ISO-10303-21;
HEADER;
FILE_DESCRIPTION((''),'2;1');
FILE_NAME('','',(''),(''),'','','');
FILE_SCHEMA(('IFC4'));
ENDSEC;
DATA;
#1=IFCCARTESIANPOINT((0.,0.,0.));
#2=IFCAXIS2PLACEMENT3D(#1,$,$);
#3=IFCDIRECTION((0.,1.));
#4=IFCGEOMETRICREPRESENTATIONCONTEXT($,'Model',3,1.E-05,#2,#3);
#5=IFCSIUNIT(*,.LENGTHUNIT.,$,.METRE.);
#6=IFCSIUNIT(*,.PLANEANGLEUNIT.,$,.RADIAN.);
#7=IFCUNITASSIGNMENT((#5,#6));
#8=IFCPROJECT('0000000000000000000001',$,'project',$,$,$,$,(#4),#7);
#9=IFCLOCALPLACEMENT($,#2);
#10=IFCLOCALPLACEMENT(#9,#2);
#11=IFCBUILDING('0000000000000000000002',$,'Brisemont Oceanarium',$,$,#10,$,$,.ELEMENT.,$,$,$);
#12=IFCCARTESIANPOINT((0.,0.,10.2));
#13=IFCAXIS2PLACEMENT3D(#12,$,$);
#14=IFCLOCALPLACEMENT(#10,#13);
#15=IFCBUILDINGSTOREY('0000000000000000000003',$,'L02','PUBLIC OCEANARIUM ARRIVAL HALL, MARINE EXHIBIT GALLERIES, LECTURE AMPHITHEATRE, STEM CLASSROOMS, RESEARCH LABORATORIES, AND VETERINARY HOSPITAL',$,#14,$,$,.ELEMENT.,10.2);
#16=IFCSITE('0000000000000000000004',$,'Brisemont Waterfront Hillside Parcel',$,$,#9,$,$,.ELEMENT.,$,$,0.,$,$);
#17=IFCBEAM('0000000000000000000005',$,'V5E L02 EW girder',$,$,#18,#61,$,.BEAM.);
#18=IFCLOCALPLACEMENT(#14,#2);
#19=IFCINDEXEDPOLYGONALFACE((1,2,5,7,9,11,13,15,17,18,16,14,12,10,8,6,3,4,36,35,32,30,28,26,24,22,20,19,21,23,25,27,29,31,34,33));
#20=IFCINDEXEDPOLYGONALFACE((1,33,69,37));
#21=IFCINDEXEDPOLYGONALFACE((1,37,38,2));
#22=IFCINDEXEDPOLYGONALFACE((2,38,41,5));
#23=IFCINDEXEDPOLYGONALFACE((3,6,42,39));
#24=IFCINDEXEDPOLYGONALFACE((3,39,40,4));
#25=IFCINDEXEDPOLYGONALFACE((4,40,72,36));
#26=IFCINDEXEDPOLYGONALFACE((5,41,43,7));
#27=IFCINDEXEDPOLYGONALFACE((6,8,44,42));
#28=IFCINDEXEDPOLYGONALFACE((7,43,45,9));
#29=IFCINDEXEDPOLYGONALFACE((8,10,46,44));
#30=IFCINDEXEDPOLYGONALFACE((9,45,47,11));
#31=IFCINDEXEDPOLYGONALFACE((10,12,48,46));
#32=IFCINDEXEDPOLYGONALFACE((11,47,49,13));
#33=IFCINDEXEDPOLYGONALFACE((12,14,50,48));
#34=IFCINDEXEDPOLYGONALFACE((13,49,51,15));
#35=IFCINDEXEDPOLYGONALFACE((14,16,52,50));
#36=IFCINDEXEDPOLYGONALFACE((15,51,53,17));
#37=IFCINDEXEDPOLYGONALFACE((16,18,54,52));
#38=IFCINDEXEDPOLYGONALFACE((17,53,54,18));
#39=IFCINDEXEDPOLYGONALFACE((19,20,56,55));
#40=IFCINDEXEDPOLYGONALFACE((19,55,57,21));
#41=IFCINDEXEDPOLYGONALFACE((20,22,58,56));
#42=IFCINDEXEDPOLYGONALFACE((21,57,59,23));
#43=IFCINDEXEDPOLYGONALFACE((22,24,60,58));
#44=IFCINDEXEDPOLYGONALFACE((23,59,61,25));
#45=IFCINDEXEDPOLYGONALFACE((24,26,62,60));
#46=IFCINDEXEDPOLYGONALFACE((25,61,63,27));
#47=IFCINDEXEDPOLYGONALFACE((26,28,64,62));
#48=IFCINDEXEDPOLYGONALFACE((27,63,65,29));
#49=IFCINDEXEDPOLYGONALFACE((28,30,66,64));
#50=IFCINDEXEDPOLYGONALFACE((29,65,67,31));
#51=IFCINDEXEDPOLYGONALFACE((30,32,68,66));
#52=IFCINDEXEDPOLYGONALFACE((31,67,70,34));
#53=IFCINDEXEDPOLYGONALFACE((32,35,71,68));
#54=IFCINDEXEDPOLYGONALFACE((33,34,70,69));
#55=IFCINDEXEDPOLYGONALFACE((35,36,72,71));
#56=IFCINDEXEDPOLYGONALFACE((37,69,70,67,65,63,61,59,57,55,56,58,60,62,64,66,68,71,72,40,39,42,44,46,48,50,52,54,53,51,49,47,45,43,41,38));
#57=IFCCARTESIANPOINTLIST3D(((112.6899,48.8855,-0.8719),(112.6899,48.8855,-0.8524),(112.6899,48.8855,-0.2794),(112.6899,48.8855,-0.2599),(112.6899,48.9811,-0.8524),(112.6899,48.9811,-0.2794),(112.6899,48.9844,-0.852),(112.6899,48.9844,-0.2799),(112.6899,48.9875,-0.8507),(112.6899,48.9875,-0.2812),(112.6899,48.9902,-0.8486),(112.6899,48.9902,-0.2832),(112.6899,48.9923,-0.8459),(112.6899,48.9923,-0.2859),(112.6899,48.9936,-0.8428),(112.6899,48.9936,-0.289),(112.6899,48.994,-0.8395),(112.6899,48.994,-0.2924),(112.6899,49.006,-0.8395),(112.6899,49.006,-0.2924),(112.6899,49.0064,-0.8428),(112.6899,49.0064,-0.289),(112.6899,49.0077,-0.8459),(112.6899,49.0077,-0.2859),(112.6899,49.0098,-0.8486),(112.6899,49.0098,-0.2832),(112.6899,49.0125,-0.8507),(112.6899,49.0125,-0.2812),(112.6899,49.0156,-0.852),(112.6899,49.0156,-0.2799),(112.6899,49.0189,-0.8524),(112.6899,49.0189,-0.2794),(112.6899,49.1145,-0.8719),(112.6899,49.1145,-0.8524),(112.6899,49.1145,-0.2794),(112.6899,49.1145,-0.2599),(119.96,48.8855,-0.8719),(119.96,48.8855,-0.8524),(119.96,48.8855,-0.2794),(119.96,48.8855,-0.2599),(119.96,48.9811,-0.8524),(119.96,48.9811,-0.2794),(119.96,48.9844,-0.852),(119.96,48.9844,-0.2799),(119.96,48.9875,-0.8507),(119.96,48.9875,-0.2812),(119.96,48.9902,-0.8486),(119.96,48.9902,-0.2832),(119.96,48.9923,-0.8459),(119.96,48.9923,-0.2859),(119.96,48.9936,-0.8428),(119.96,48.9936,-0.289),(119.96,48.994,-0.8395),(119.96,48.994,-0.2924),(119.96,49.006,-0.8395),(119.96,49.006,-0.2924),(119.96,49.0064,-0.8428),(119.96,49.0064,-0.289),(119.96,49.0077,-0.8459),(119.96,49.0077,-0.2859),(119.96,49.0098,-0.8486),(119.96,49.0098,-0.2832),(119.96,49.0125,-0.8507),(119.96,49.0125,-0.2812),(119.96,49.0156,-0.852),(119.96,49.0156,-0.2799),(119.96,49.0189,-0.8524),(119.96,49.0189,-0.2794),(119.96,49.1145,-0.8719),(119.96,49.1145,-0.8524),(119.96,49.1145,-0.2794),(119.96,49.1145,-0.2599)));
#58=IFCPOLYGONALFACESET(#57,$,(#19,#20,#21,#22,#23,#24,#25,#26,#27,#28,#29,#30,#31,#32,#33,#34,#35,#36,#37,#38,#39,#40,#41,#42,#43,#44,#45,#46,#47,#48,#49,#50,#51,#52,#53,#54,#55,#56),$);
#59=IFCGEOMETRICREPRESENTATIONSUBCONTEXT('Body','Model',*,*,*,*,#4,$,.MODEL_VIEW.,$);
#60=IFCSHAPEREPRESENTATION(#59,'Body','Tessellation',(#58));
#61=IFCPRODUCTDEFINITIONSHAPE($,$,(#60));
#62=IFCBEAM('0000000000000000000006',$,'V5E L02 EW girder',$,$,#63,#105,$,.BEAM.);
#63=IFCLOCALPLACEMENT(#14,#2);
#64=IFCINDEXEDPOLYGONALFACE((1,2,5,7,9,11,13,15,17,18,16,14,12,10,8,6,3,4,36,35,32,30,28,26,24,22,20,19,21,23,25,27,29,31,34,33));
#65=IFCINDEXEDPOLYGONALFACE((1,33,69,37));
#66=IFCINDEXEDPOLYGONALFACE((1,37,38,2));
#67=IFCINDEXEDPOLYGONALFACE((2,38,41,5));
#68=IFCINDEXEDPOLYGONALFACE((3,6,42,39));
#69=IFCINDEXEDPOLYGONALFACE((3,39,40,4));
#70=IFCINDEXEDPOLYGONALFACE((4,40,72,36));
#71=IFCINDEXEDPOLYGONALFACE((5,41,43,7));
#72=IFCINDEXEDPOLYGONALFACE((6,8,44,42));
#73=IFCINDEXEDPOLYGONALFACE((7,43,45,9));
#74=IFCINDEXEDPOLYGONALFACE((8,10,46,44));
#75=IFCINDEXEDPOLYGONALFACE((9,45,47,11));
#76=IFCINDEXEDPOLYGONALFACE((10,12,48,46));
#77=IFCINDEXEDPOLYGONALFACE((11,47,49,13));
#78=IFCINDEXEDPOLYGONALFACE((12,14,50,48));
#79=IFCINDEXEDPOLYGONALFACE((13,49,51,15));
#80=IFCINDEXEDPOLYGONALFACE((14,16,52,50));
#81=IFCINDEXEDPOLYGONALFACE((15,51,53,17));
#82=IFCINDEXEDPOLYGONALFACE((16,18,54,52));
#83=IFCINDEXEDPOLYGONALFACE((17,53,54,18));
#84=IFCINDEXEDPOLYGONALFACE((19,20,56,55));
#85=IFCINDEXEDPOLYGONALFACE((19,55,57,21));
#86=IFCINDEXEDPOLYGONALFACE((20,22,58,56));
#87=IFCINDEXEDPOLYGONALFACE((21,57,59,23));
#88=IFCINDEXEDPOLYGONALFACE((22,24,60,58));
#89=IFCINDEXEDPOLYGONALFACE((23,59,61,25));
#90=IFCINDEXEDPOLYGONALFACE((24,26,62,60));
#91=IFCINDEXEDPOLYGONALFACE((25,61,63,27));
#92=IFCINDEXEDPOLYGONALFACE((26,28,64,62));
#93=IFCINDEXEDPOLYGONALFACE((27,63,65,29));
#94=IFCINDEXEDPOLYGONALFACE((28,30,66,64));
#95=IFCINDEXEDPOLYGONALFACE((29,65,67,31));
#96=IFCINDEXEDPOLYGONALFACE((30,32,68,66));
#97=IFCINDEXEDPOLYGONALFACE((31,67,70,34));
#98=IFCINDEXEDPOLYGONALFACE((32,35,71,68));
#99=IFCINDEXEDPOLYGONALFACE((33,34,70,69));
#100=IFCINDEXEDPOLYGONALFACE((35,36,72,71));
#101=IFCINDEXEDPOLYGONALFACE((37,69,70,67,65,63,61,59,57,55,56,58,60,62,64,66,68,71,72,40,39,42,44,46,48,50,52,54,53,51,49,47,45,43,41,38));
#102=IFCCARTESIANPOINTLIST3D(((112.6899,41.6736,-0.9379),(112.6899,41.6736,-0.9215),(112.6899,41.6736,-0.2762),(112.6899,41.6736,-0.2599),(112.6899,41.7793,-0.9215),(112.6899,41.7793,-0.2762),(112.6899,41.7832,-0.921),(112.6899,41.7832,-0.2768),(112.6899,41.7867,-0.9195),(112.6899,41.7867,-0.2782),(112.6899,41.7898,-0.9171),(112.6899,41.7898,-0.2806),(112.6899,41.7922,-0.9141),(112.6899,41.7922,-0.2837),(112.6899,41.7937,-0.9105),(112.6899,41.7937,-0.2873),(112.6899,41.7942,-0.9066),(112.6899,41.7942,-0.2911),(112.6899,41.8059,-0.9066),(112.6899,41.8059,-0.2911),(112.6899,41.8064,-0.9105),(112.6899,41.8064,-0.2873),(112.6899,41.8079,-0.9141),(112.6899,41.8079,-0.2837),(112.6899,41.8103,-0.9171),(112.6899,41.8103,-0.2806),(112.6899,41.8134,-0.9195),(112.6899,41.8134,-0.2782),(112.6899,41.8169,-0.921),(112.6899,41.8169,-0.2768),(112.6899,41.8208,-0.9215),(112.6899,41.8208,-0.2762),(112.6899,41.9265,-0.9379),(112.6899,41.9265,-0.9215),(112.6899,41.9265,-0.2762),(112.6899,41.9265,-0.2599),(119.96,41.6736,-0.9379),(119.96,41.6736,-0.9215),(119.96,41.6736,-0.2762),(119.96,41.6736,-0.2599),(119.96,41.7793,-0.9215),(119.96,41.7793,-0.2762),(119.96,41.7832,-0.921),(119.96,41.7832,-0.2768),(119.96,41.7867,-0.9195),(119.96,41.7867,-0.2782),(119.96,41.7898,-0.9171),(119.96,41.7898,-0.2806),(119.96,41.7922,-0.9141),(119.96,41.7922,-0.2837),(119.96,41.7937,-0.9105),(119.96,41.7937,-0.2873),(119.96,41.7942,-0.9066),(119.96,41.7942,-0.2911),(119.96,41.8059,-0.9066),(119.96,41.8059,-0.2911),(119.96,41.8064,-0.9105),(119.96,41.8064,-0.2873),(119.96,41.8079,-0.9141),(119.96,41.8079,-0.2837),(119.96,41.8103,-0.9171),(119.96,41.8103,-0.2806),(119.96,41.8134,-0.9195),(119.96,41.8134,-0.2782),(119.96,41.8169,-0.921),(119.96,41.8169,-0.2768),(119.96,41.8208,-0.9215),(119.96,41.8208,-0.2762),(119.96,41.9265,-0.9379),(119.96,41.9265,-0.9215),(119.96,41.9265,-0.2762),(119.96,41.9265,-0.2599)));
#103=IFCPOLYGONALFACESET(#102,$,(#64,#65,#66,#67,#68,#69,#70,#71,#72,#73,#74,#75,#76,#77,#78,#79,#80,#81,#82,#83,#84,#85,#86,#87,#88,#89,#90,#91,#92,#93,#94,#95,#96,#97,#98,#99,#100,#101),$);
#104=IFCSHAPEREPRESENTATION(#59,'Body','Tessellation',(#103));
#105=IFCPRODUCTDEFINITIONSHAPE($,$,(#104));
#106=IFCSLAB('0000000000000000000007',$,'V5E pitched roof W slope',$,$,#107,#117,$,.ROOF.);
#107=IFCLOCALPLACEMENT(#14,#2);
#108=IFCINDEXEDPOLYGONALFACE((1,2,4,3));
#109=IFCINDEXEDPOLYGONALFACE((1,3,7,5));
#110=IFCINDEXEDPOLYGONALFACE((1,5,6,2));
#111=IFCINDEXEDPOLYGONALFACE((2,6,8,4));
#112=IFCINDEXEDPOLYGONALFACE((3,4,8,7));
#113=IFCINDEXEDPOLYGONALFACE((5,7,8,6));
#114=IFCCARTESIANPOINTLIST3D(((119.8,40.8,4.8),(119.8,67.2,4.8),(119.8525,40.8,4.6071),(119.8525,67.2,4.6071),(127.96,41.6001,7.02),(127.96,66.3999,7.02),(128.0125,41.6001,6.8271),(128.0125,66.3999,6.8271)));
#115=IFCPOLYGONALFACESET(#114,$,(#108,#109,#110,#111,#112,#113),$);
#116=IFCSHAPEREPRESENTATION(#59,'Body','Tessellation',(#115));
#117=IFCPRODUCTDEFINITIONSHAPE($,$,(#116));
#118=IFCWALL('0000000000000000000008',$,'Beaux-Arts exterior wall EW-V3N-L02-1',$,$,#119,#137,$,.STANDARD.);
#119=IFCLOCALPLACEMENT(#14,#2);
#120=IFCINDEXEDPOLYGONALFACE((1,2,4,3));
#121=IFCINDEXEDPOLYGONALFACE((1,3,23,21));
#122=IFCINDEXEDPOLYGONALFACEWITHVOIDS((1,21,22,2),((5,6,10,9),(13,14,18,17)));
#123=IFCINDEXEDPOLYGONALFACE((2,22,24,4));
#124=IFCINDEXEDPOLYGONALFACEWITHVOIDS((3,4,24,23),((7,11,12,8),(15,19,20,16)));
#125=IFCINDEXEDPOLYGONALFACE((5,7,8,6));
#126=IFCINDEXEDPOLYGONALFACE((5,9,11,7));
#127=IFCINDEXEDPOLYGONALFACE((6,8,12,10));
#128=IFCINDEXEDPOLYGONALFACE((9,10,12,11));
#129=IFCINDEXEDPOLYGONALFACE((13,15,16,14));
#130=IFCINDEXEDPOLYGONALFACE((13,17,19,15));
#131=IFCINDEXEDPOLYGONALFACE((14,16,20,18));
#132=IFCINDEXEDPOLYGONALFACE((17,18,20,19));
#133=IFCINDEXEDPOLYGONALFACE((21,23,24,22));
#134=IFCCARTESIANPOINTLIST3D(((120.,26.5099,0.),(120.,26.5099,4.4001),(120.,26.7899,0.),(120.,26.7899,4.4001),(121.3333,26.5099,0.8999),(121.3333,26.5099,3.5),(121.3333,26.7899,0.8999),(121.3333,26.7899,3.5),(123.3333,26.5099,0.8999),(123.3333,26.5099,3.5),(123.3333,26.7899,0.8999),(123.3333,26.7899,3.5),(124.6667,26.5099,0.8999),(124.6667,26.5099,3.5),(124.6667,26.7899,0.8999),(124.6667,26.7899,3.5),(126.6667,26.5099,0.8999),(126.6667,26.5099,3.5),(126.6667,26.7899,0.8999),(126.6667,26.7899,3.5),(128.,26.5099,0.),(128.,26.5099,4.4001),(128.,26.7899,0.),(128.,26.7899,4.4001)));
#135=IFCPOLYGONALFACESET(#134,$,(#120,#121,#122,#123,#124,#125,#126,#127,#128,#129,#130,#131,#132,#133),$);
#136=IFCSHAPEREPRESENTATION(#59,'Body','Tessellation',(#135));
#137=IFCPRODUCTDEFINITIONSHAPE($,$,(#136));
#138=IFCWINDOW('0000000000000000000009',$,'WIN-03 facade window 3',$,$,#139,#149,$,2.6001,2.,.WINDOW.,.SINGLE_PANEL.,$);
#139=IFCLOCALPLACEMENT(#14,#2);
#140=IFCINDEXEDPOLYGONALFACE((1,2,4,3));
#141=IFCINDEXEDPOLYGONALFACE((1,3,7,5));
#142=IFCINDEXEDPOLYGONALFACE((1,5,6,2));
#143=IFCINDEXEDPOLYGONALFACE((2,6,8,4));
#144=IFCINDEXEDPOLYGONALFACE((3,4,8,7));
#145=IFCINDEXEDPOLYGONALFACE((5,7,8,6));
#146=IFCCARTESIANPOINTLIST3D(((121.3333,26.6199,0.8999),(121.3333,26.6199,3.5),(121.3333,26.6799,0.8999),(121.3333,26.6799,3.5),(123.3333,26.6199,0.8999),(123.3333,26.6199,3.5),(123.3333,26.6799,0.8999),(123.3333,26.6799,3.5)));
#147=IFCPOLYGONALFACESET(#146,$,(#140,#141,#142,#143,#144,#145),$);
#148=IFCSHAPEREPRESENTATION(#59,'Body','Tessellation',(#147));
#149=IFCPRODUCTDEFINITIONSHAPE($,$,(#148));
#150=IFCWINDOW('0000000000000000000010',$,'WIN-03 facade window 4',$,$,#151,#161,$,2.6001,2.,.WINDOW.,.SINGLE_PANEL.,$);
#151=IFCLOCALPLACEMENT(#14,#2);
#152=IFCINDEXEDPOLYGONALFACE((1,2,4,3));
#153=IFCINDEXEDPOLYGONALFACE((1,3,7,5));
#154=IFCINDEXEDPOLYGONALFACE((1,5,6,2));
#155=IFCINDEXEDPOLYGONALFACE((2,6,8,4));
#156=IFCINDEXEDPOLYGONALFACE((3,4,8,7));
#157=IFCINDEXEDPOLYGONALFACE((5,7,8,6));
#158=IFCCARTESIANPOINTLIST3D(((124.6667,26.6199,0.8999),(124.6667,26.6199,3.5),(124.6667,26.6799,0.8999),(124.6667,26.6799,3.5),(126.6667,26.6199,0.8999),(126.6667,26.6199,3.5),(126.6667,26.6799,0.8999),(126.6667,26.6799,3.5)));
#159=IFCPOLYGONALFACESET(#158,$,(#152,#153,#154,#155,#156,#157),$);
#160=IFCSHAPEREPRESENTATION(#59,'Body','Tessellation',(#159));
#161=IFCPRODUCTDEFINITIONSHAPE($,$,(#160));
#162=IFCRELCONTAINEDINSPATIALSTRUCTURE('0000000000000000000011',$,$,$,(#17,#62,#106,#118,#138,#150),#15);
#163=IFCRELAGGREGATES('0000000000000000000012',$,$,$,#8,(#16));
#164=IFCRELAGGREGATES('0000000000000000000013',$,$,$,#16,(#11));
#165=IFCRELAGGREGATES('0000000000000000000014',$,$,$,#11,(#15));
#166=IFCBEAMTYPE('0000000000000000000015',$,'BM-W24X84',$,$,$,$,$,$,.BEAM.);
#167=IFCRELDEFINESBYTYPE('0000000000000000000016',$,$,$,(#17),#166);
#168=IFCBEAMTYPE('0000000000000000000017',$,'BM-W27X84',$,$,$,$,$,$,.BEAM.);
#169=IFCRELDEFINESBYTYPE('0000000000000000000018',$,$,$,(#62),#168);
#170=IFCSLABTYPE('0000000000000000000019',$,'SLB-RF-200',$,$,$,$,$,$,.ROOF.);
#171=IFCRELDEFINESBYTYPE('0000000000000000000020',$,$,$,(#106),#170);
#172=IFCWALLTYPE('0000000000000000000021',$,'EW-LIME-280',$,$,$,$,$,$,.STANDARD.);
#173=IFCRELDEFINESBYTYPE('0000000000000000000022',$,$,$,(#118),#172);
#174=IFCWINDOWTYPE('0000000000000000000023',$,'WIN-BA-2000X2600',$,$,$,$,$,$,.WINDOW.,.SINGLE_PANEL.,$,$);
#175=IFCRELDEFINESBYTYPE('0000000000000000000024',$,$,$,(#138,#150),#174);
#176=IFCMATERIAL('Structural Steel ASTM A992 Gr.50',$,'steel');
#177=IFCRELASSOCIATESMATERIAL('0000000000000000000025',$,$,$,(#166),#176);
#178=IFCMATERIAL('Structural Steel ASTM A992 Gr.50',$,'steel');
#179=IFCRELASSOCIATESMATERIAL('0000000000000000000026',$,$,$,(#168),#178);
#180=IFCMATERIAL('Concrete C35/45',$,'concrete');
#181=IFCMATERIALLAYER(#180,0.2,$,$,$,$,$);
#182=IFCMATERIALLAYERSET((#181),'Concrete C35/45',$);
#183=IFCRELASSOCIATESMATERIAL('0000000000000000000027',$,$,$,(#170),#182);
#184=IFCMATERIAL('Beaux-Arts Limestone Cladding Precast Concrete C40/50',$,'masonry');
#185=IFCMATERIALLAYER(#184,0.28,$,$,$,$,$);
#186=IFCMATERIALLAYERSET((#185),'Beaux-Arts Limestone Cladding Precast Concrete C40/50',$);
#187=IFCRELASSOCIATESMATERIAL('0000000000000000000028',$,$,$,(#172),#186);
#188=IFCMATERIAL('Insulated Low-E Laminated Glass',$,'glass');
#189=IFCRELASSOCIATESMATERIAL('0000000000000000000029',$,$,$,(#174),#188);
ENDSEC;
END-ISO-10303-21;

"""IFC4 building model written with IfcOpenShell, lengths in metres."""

from ifc_helpers import new_model, si_unit, direction, frame, frame_2d, origin, origin_2d, place, context, subcontext, project, spatial, polyline, rectangle, i_section, outline, extrude, material, layer, layer_set, material_profile, profile_set, type_object, element, fill, save


model = new_model("IFC4")

# Units and contexts
model_context = context("Model", 3, precision=1e-05, world=origin(), true_north=direction((0.0, 1.0)))
body_context = subcontext(model_context, "Body", "Model", "MODEL_VIEW")
ifc_project = project(units=[si_unit("LENGTHUNIT", "METRE"), si_unit("PLANEANGLEUNIT", "RADIAN")], contexts=[model_context])

# Site, building, storey
site_placement = place(None, origin())
site = spatial("IfcSite", under=ifc_project, at=site_placement, Name="Brisemont Waterfront Hillside Parcel", CompositionType="ELEMENT", RefElevation=0.0)
building_placement = place(site_placement, origin())
building = spatial("IfcBuilding", under=site, at=building_placement, Name="Brisemont Oceanarium", CompositionType="ELEMENT")
storey_placement = place(building_placement, frame((0.0, 0.0, 10.2)))
storey = spatial("IfcBuildingStorey", under=building, at=storey_placement, Name="L02", Description="PUBLIC OCEANARIUM ARRIVAL HALL, MARINE EXHIBIT GALLERIES, LECTURE AMPHITHEATRE, STEM CLASSROOMS, RESEARCH LABORATORIES, AND VETERINARY HOSPITAL", CompositionType="ELEMENT", Elevation=10.2)

# Beams
ifc_material_1 = material(Name="Structural Steel ASTM A992 Gr.50", Category="steel")
ifc_material_profile_1 = material_profile(ifc_material_1, i_section(OverallWidth=0.229, OverallDepth=0.6121, WebThickness=0.012, FlangeThickness=0.0195, FilletRadius=0.0129, at=origin_2d()), Name="W24X84")
ifc_profile_set_1 = profile_set([ifc_material_profile_1], Name="Structural Steel ASTM A992 Gr.50")
beam_type_1 = type_object("IfcBeamType", Name="BM-W24X84", PredefinedType="BEAM", material=ifc_profile_set_1)
beam_1_placement = place(storey_placement, frame((112.6899, 49.0, -0.5659), z_axis=(1.0, 0.0, 0.0), x_axis=(0.0, 1.0, 0.0)))
element("IfcBeam", 1, at=beam_1_placement, inside=storey, type_object=beam_type_1, Name="V5E L02 EW girder", PredefinedType="BEAM", context=body_context, shape_type="SweptSolid", body=[
    extrude(i_section(OverallWidth=0.229, OverallDepth=0.6121, WebThickness=0.012, FlangeThickness=0.0195, FilletRadius=0.0129, at=origin_2d()), origin(), (0.0, 0.0, 1.0), 7.27),
])
ifc_material_2 = material(Name="Structural Steel ASTM A992 Gr.50", Category="steel")
ifc_material_profile_2 = material_profile(ifc_material_2, i_section(OverallWidth=0.2529, OverallDepth=0.678, WebThickness=0.0117, FlangeThickness=0.0164, FilletRadius=0.0149, at=origin_2d()), Name="W27X84")
ifc_profile_set_2 = profile_set([ifc_material_profile_2], Name="Structural Steel ASTM A992 Gr.50")
beam_type_2 = type_object("IfcBeamType", Name="BM-W27X84", PredefinedType="BEAM", material=ifc_profile_set_2)
beam_2_placement = place(storey_placement, frame((112.6899, 41.8, -0.5989), z_axis=(1.0, 0.0, 0.0), x_axis=(0.0, 1.0, 0.0)))
element("IfcBeam", 2, at=beam_2_placement, inside=storey, type_object=beam_type_2, Name="V5E L02 EW girder", PredefinedType="BEAM", context=body_context, shape_type="SweptSolid", body=[
    extrude(i_section(OverallWidth=0.2529, OverallDepth=0.678, WebThickness=0.0117, FlangeThickness=0.0164, FilletRadius=0.0149, at=origin_2d()), origin(), (0.0, 0.0, 1.0), 7.27),
])

# Slab
ifc_material_3 = material(Name="Concrete C35/45", Category="concrete")
ifc_layer_1 = layer(ifc_material_3, 0.2)
ifc_layer_set_1 = layer_set([ifc_layer_1], Name="Concrete C35/45")
slab_type = type_object("IfcSlabType", Name="SLB-RF-200", PredefinedType="ROOF", material=ifc_layer_set_1)
slab_placement = place(storey_placement, frame((119.8, 40.8, 4.8), z_axis=(-0.262516, 0.0, 0.964928), x_axis=(0.960638, 0.094187, 0.261349)))
element("IfcSlab", 3, at=slab_placement, inside=storey, type_object=slab_type, Name="V5E pitched roof W slope", PredefinedType="ROOF", context=body_context, shape_type="SweptSolid", body=[
    extrude(outline(polyline([(0.0, 0.0), (8.4943, 0.0), (10.8301, 24.6896), (2.4865, 26.2825), (0.0, 0.0)])), origin(), (0.0, 0.0, -1.0), 0.2),
])

# Wall, openings, windows
ifc_material_4 = material(Name="Beaux-Arts Limestone Cladding Precast Concrete C40/50", Category="masonry")
ifc_layer_2 = layer(ifc_material_4, 0.28)
ifc_layer_set_2 = layer_set([ifc_layer_2], Name="Beaux-Arts Limestone Cladding Precast Concrete C40/50")
wall_type = type_object("IfcWallType", Name="EW-LIME-280", PredefinedType="STANDARD", material=ifc_layer_set_2)
wall_1_placement = place(storey_placement, frame((120.0, 26.6499, 0.0), z_axis=(0.0, 0.0, 1.0), x_axis=(1.0, 0.0, 0.0)))
wall_1 = element("IfcWall", 4, at=wall_1_placement, inside=storey, type_object=wall_type, Name="Beaux-Arts exterior wall EW-V3N-L02-1", PredefinedType="STANDARD", context=body_context, shape_type="SweptSolid", body=[
    extrude(rectangle(XDim=8.0, YDim=0.28, at=frame_2d((4.0, 0.0))), origin(), (0.0, 0.0, 1.0), 4.4001),
])
opening_1_placement = place(wall_1_placement, frame((1.3333, 0.0, 0.8999)))
opening_1 = element("IfcOpeningElement", 5, at=opening_1_placement, cuts=wall_1, PredefinedType="OPENING", context=body_context, shape_type="SweptSolid", body=[
    extrude(rectangle(XDim=2.0, YDim=2.6001, at=frame_2d((1.0, 1.3))), frame((0.0, 0.1499, 0.0), z_axis=(0.0, -1.0, 0.0), x_axis=(1.0, 0.0, 0.0)), (0.0, 0.0, 1.0), 0.3),
])
opening_2_placement = place(wall_1_placement, frame((4.6667, 0.0, 0.8999)))
opening_2 = element("IfcOpeningElement", 6, at=opening_2_placement, cuts=wall_1, PredefinedType="OPENING", context=body_context, shape_type="SweptSolid", body=[
    extrude(rectangle(XDim=2.0, YDim=2.6001, at=frame_2d((1.0, 1.3))), frame((0.0, 0.1499, 0.0), z_axis=(0.0, -1.0, 0.0), x_axis=(1.0, 0.0, 0.0)), (0.0, 0.0, 1.0), 0.3),
])
ifc_material_5 = material(Name="Insulated Low-E Laminated Glass", Category="glass")
window_type_1 = type_object("IfcWindowType", Name="WIN-BA-2000X2600", PartitioningType="SINGLE_PANEL", PredefinedType="WINDOW", material=ifc_material_5)
window_1_placement = place(opening_1_placement, origin())
window_1 = element("IfcWindow", 7, at=window_1_placement, inside=storey, type_object=window_type_1, Name="WIN-03 facade window 3", OverallHeight=2.6001, OverallWidth=2.0, PartitioningType="SINGLE_PANEL", PredefinedType="WINDOW", context=body_context, shape_type="SweptSolid", body=[
    extrude(rectangle(XDim=2.0, YDim=2.6001, at=frame_2d((1.0, 1.3))), frame((0.0, 0.03, 0.0), z_axis=(0.0, -1.0, 0.0), x_axis=(1.0, 0.0, 0.0)), (0.0, 0.0, 1.0), 0.0601),
])
fill(opening_1, window_1)
window_2_placement = place(opening_2_placement, origin())
window_2 = element("IfcWindow", 8, at=window_2_placement, inside=storey, type_object=window_type_1, Name="WIN-03 facade window 4", OverallHeight=2.6001, OverallWidth=2.0, PartitioningType="SINGLE_PANEL", PredefinedType="WINDOW", context=body_context, shape_type="SweptSolid", body=[
    extrude(rectangle(XDim=2.0, YDim=2.6001, at=frame_2d((1.0, 1.3))), frame((0.0, 0.03, 0.0), z_axis=(0.0, -1.0, 0.0), x_axis=(1.0, 0.0, 0.0)), (0.0, 0.0, 1.0), 0.0601),
])
fill(opening_2, window_2)

save(model, "model.ifc")
